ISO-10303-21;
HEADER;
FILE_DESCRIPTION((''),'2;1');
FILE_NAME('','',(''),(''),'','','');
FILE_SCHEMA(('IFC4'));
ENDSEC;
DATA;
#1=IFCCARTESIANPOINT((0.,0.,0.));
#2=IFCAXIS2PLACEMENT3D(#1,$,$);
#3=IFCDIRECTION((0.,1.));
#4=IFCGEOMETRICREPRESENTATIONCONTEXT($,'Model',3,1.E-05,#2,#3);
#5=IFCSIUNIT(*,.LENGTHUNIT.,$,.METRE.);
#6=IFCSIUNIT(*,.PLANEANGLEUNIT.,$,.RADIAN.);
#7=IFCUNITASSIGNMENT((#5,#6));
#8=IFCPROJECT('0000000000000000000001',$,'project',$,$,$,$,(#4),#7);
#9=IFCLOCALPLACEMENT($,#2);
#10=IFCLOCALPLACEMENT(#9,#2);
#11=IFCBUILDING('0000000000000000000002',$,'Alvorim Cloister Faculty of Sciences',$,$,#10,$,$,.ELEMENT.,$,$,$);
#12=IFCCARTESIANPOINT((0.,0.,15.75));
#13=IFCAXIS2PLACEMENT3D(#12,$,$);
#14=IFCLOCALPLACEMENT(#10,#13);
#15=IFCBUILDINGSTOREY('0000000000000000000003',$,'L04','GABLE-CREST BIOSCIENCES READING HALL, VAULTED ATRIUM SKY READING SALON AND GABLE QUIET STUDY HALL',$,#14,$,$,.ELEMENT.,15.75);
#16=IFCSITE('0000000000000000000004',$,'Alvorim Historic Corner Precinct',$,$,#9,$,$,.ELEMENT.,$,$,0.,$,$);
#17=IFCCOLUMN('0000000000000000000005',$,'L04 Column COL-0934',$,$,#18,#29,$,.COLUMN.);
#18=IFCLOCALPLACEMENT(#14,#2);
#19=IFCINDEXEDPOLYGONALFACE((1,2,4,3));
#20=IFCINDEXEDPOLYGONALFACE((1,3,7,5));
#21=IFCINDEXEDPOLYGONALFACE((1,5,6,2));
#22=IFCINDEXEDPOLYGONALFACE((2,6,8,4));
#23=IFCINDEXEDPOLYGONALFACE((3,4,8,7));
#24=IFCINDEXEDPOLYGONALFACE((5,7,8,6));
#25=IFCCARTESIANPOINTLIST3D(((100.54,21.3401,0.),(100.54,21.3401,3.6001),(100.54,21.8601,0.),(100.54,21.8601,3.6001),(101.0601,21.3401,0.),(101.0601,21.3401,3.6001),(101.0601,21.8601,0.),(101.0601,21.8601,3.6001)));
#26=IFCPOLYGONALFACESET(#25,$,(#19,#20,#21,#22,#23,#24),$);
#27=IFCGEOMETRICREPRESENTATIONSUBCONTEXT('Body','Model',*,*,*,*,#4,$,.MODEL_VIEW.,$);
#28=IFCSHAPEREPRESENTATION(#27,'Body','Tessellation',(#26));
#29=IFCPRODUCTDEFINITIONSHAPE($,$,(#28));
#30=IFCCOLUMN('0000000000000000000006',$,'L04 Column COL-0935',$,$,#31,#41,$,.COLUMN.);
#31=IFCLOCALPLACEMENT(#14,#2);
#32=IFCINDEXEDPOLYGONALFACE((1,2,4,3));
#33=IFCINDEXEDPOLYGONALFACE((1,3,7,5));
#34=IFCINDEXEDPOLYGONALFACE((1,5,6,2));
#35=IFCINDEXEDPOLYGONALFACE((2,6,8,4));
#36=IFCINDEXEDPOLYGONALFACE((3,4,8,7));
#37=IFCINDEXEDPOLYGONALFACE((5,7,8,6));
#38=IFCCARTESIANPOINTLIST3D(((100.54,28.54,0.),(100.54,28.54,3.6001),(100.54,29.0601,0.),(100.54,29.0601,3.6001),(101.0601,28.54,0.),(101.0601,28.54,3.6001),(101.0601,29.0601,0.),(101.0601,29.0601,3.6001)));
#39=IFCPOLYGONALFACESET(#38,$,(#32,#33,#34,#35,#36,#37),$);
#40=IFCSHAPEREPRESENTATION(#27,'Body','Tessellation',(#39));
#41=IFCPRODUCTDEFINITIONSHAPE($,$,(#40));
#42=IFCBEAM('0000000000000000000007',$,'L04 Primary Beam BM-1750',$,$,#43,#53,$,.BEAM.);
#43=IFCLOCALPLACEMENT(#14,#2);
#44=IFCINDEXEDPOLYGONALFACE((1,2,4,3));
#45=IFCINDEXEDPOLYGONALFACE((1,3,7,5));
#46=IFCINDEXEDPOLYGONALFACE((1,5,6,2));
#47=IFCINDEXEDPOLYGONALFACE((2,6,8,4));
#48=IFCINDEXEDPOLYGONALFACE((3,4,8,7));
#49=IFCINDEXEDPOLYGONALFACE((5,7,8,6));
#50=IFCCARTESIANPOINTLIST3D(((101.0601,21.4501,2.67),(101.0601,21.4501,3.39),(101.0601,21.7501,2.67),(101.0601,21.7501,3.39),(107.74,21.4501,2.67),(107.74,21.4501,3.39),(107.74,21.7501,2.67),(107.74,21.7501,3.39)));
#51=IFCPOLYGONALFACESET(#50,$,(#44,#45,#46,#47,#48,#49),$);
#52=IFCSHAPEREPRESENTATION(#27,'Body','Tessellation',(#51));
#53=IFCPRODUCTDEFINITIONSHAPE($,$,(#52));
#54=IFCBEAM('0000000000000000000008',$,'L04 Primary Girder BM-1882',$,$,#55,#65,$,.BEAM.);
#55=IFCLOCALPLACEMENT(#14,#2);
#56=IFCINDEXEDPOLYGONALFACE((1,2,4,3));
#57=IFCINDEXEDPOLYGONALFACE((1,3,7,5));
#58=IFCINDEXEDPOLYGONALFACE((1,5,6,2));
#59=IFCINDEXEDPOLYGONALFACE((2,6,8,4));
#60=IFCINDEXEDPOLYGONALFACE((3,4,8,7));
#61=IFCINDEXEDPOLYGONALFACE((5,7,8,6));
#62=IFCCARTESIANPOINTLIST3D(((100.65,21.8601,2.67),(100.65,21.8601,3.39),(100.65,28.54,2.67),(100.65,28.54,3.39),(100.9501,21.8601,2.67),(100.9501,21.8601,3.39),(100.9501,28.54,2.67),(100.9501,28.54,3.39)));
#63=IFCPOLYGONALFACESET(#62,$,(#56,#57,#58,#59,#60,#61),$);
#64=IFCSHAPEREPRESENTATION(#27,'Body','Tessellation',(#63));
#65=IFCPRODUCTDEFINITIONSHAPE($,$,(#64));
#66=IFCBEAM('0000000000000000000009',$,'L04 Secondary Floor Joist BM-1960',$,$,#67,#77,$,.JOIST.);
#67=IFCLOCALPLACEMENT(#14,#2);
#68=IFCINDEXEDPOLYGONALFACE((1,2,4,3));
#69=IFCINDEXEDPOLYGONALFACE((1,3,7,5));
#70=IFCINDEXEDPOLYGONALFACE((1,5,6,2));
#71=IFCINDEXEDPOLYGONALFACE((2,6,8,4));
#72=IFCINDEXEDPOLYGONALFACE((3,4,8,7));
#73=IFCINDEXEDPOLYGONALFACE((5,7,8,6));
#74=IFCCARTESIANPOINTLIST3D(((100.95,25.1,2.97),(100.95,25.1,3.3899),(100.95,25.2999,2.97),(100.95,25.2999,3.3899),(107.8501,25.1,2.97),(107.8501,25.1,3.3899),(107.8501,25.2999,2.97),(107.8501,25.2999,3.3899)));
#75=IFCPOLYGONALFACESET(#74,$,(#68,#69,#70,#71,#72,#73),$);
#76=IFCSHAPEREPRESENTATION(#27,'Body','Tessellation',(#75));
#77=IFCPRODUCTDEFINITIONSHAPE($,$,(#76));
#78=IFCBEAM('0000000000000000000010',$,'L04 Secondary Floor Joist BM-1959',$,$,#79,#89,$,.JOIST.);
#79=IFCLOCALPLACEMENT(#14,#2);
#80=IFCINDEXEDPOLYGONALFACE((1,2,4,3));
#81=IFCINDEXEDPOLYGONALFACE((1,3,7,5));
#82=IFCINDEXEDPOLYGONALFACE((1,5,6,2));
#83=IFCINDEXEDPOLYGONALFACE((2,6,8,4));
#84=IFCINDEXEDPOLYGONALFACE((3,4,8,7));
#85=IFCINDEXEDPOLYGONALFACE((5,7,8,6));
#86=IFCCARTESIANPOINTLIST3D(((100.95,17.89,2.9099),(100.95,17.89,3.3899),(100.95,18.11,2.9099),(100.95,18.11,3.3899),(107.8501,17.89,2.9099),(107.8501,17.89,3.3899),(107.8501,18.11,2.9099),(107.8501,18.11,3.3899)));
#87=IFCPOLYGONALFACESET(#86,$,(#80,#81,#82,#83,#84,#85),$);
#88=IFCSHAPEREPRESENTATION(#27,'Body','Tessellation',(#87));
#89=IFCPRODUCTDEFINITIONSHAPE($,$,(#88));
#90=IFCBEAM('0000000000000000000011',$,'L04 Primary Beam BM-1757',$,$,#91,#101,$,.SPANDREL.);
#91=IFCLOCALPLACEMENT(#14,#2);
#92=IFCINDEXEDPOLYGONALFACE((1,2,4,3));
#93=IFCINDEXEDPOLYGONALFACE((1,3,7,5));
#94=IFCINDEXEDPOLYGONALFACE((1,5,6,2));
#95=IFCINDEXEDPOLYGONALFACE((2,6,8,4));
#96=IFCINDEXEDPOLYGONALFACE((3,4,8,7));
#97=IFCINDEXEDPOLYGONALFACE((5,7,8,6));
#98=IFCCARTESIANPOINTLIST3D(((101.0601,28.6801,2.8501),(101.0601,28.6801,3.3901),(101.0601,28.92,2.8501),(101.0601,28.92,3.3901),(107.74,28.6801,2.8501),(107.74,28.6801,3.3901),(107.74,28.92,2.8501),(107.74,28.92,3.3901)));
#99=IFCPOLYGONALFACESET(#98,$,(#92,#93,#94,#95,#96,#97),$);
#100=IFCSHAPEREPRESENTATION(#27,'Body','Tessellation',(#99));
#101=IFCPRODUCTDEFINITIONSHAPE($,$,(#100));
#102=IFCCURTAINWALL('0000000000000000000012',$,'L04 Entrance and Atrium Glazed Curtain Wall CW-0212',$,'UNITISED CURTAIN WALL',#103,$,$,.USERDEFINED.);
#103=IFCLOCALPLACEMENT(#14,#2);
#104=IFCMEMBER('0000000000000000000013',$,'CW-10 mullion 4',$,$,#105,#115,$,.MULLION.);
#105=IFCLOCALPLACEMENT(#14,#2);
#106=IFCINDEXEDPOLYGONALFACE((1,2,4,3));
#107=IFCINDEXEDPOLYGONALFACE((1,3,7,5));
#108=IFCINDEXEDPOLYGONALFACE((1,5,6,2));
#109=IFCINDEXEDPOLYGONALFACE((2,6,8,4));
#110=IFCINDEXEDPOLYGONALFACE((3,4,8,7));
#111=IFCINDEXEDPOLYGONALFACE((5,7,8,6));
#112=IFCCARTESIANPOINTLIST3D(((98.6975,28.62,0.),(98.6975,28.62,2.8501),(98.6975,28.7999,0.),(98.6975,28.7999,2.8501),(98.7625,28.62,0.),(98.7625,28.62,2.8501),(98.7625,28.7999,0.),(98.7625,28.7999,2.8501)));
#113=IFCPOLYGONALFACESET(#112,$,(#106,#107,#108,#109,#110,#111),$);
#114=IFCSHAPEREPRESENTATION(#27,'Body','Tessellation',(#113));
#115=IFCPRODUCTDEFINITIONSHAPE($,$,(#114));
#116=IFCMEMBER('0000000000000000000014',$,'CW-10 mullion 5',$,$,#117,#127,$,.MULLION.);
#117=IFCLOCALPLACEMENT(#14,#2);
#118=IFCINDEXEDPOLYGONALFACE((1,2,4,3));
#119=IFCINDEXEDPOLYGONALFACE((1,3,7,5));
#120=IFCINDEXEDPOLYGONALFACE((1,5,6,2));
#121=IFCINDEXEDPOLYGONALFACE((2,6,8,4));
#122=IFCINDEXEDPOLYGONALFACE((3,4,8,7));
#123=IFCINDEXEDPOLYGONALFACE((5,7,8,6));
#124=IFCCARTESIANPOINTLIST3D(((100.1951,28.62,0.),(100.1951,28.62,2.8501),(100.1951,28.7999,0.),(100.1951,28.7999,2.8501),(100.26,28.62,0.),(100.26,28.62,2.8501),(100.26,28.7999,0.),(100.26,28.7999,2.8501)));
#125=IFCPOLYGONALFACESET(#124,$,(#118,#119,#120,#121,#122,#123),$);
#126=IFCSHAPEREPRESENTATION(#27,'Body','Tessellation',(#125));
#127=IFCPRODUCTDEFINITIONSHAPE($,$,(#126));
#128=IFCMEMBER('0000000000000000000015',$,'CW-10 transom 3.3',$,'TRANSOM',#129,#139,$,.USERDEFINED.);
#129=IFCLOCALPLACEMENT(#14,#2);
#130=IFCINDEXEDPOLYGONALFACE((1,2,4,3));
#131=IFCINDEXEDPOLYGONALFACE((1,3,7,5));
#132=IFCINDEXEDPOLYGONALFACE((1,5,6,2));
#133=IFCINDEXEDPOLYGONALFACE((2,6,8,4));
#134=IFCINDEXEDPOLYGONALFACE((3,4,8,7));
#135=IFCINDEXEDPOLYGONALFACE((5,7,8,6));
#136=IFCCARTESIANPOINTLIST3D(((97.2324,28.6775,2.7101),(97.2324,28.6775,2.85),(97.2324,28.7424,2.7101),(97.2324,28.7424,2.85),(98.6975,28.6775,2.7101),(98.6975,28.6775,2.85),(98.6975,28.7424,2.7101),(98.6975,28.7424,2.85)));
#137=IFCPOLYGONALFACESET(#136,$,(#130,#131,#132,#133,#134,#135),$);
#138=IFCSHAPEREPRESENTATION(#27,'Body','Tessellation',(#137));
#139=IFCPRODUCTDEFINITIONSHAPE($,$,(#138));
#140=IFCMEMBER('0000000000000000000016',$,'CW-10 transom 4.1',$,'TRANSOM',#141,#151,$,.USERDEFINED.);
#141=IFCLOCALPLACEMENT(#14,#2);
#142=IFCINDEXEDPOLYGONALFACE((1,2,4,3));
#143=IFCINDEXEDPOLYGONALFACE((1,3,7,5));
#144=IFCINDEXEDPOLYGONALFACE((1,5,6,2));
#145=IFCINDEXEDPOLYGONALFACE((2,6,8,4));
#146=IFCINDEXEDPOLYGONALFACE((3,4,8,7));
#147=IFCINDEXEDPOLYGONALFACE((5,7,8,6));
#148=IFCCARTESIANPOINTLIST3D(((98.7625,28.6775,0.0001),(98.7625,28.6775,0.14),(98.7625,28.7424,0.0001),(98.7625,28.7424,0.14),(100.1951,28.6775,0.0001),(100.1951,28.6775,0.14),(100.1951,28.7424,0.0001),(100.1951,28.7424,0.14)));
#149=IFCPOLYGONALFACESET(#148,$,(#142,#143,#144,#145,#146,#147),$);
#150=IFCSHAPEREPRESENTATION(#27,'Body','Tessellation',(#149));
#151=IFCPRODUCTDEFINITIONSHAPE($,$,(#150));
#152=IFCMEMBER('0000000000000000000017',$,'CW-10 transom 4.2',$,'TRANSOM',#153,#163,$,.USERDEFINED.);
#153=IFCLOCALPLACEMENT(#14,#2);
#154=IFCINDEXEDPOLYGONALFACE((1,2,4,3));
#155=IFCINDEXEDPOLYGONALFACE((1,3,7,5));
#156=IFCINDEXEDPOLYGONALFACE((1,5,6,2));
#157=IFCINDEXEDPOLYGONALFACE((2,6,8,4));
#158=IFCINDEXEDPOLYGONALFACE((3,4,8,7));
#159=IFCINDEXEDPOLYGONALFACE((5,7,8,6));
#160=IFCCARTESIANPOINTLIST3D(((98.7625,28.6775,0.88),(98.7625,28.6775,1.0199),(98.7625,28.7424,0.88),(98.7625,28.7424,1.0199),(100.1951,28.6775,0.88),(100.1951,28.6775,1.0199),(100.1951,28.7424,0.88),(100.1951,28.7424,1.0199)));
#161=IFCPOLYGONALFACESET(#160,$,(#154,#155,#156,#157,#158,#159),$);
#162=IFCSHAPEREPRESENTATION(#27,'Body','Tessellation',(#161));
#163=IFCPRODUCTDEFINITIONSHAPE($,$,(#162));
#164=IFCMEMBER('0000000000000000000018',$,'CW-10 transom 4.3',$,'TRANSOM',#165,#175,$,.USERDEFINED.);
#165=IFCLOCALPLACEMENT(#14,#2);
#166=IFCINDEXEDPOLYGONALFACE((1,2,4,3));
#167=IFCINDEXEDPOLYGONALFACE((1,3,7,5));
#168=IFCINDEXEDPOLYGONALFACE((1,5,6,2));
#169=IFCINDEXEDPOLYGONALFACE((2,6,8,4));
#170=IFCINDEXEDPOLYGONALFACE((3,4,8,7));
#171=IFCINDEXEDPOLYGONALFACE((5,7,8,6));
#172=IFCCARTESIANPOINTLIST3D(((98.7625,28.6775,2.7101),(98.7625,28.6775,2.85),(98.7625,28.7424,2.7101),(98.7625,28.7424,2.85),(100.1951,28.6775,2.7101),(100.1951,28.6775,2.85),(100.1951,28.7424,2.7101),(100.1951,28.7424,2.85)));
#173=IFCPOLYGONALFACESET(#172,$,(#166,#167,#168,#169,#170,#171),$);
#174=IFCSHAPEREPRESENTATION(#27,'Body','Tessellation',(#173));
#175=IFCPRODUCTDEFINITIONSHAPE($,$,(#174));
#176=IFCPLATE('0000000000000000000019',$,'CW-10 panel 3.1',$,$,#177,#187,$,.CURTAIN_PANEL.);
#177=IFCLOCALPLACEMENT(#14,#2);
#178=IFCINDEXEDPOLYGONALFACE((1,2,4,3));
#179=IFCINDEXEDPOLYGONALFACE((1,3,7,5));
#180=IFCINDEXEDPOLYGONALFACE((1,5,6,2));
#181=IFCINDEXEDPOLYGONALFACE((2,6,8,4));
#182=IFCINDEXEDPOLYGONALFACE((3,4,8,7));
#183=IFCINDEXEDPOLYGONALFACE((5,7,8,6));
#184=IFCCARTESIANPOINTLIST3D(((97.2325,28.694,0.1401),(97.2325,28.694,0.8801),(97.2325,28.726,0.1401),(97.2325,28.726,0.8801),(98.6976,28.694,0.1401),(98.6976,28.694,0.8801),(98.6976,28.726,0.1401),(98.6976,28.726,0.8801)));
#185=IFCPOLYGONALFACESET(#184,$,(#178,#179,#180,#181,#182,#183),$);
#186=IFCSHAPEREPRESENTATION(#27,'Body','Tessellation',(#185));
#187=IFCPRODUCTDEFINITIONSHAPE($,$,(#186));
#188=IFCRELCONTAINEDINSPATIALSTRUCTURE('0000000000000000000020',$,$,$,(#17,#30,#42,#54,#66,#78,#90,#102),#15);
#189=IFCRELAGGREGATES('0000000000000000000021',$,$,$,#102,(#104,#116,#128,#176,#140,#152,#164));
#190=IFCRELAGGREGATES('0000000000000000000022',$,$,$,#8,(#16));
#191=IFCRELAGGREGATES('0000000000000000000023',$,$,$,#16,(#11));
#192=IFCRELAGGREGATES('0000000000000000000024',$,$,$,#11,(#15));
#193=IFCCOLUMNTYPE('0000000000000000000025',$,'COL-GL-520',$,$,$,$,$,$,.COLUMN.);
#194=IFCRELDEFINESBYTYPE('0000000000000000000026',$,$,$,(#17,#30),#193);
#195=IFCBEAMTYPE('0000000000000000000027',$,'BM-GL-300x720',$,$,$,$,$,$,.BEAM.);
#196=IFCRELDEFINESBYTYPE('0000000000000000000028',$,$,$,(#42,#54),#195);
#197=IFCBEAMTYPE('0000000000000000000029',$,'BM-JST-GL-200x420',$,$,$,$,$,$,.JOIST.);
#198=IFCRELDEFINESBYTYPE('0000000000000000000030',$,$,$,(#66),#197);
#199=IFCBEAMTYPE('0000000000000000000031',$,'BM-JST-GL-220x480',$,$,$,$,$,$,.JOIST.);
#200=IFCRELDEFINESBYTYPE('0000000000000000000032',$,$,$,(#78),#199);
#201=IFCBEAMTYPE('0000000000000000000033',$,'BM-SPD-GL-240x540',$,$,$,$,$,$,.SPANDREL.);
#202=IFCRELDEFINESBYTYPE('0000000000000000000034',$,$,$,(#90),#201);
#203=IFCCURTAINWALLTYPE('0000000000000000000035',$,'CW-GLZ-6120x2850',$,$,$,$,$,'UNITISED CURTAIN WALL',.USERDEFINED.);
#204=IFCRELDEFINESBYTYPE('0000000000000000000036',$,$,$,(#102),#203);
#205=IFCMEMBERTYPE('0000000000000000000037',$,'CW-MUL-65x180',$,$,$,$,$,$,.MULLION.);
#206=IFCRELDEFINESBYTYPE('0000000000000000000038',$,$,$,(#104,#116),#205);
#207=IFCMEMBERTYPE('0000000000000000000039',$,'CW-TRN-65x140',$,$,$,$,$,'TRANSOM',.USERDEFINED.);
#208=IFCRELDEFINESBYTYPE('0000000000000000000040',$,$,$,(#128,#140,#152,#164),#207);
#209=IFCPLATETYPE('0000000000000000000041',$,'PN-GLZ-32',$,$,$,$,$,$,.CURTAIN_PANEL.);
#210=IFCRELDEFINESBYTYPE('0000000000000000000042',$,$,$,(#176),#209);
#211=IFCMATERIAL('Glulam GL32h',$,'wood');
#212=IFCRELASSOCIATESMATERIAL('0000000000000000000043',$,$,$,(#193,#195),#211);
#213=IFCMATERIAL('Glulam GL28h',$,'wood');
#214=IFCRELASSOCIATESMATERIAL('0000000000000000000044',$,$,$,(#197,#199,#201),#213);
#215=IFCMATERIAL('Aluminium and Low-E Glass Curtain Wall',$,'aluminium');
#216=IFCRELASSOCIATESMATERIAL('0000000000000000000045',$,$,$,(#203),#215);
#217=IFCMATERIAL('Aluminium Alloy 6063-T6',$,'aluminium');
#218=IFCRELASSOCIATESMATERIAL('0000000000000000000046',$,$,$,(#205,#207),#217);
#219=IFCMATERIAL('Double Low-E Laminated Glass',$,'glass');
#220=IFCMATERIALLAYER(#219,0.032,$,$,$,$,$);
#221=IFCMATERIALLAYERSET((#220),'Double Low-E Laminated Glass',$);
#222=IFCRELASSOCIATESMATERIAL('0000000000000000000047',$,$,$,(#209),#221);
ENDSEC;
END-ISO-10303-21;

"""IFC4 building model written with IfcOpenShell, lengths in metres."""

from ifc_helpers import new_model, si_unit, direction, frame, origin, origin_2d, place, context, subcontext, project, spatial, rectangle, extrude, material, layer, layer_set, material_profile, profile_set, type_object, element, aggregate, save


model = new_model("IFC4")

# Units and contexts
model_context = context("Model", 3, precision=1e-05, world=origin(), true_north=direction((0.0, 1.0)))
body_context = subcontext(model_context, "Body", "Model", "MODEL_VIEW")
ifc_project = project(units=[si_unit("LENGTHUNIT", "METRE"), si_unit("PLANEANGLEUNIT", "RADIAN")], contexts=[model_context])

# Site, building, storey
site_placement = place(None, origin())
site = spatial("IfcSite", under=ifc_project, at=site_placement, Name="Alvorim Historic Corner Precinct", CompositionType="ELEMENT", RefElevation=0.0)
building_placement = place(site_placement, origin())
building = spatial("IfcBuilding", under=site, at=building_placement, Name="Alvorim Cloister Faculty of Sciences", CompositionType="ELEMENT")
storey_placement = place(building_placement, frame((0.0, 0.0, 15.75)))
storey = spatial("IfcBuildingStorey", under=building, at=storey_placement, Name="L04", Description="GABLE-CREST BIOSCIENCES READING HALL, VAULTED ATRIUM SKY READING SALON AND GABLE QUIET STUDY HALL", CompositionType="ELEMENT", Elevation=15.75)

# Columns
ifc_material_1 = material(Name="Glulam GL32h", Category="wood")
ifc_material_profile_1 = material_profile(ifc_material_1, rectangle(XDim=0.52, YDim=0.52, at=origin_2d()), Name="GL32-COL-520x520")
ifc_profile_set_1 = profile_set([ifc_material_profile_1], Name="Glulam GL32h")
column_type = type_object("IfcColumnType", Name="COL-GL-520", PredefinedType="COLUMN", material=ifc_profile_set_1)
for number, where, z_axis, x_axis, name in (
    (1, (100.8, 21.6001, 0.0), (0.0, 0.0, 1.0), (1.0, 0.0, 0.0), "L04 Column COL-0934"),
    (2, (100.8, 28.8, 0.0), (0.0, 0.0, 1.0), (1.0, 0.0, 0.0), "L04 Column COL-0935"),
):
    element("IfcColumn", number, at=place(storey_placement, frame(where, z_axis=z_axis, x_axis=x_axis)), inside=storey, type_object=column_type, Name=name, PredefinedType="COLUMN", context=body_context, shape_type="SweptSolid", body=[
        extrude(rectangle(XDim=0.52, YDim=0.52, at=origin_2d()), origin(), (0.0, 0.0, 1.0), 3.6001),
    ])

# Beams
ifc_material_profile_2 = material_profile(ifc_material_1, rectangle(XDim=0.3, YDim=0.72, at=origin_2d()), Name="GL32-BM-300x720")
ifc_profile_set_2 = profile_set([ifc_material_profile_2], Name="Glulam GL32h")
beam_type_1 = type_object("IfcBeamType", Name="BM-GL-300x720", PredefinedType="BEAM", material=ifc_profile_set_2)
for number, where, z_axis, x_axis, name in (
    (3, (101.0601, 21.6001, 3.03), (1.0, 0.0, 0.0), (0.0, 1.0, 0.0), "L04 Primary Beam BM-1750"),
    (4, (100.8, 21.8601, 3.03), (0.0, 1.0, 0.0), (-1.0, 0.0, 0.0), "L04 Primary Girder BM-1882"),
):
    element("IfcBeam", number, at=place(storey_placement, frame(where, z_axis=z_axis, x_axis=x_axis)), inside=storey, type_object=beam_type_1, Name=name, PredefinedType="BEAM", context=body_context, shape_type="SweptSolid", body=[
        extrude(rectangle(XDim=0.3, YDim=0.72, at=origin_2d()), origin(), (0.0, 0.0, 1.0), 6.6799),
    ])
ifc_material_2 = material(Name="Glulam GL28h", Category="wood")
ifc_material_profile_3 = material_profile(ifc_material_2, rectangle(XDim=0.2, YDim=0.4199, at=origin_2d()), Name="GL28-JST-200x420")
ifc_profile_set_3 = profile_set([ifc_material_profile_3], Name="Glulam GL28h")
beam_type_2 = type_object("IfcBeamType", Name="BM-JST-GL-200x420", PredefinedType="JOIST", material=ifc_profile_set_3)
beam_1_placement = place(storey_placement, frame((100.95, 25.2, 3.1799), z_axis=(1.0, 0.0, 0.0), x_axis=(0.0, 1.0, 0.0)))
element("IfcBeam", 5, at=beam_1_placement, inside=storey, type_object=beam_type_2, Name="L04 Secondary Floor Joist BM-1960", PredefinedType="JOIST", context=body_context, shape_type="SweptSolid", body=[
    extrude(rectangle(XDim=0.2, YDim=0.4199, at=origin_2d()), origin(), (0.0, 0.0, 1.0), 6.9001),
])
ifc_material_profile_4 = material_profile(ifc_material_2, rectangle(XDim=0.22, YDim=0.48, at=origin_2d()), Name="GL28-JST-220x480")
ifc_profile_set_4 = profile_set([ifc_material_profile_4], Name="Glulam GL28h")
beam_type_3 = type_object("IfcBeamType", Name="BM-JST-GL-220x480", PredefinedType="JOIST", material=ifc_profile_set_4)
beam_2_placement = place(storey_placement, frame((100.95, 18.0, 3.1499), z_axis=(1.0, 0.0, 0.0), x_axis=(0.0, 1.0, 0.0)))
element("IfcBeam", 6, at=beam_2_placement, inside=storey, type_object=beam_type_3, Name="L04 Secondary Floor Joist BM-1959", PredefinedType="JOIST", context=body_context, shape_type="SweptSolid", body=[
    extrude(rectangle(XDim=0.22, YDim=0.48, at=origin_2d()), origin(), (0.0, 0.0, 1.0), 6.9001),
])
ifc_material_profile_5 = material_profile(ifc_material_2, rectangle(XDim=0.24, YDim=0.54, at=origin_2d()), Name="GL28-SPD-240x540")
ifc_profile_set_5 = profile_set([ifc_material_profile_5], Name="Glulam GL28h")
beam_type_4 = type_object("IfcBeamType", Name="BM-SPD-GL-240x540", PredefinedType="SPANDREL", material=ifc_profile_set_5)
beam_3_placement = place(storey_placement, frame((101.0601, 28.8, 3.1201), z_axis=(1.0, 0.0, 0.0), x_axis=(0.0, 1.0, 0.0)))
element("IfcBeam", 7, at=beam_3_placement, inside=storey, type_object=beam_type_4, Name="L04 Primary Beam BM-1757", PredefinedType="SPANDREL", context=body_context, shape_type="SweptSolid", body=[
    extrude(rectangle(XDim=0.24, YDim=0.54, at=origin_2d()), origin(), (0.0, 0.0, 1.0), 6.6799),
])

# Curtain wall, members, plate
ifc_material_3 = material(Name="Aluminium and Low-E Glass Curtain Wall", Category="aluminium")
curtain_wall_type = type_object("IfcCurtainWallType", Name="CW-GLZ-6120x2850", ElementType="UNITISED CURTAIN WALL", PredefinedType="USERDEFINED", material=ifc_material_3)
curtain_wall_placement = place(storey_placement, origin())
curtain_wall = element("IfcCurtainWall", 8, at=curtain_wall_placement, inside=storey, type_object=curtain_wall_type, Name="L04 Entrance and Atrium Glazed Curtain Wall CW-0212", ObjectType="UNITISED CURTAIN WALL", PredefinedType="USERDEFINED")
ifc_material_4 = material(Name="Aluminium Alloy 6063-T6", Category="aluminium")
ifc_material_profile_6 = material_profile(ifc_material_4, rectangle(XDim=0.0649, YDim=0.1799, at=origin_2d()), Name="ALU-MUL-65x180")
ifc_profile_set_6 = profile_set([ifc_material_profile_6], Name="Aluminium Alloy 6063-T6")
member_type_1 = type_object("IfcMemberType", Name="CW-MUL-65x180", PredefinedType="MULLION", material=ifc_profile_set_6)
member_1_placement = place(storey_placement, frame((98.73, 28.71, 0.0), z_axis=(0.0, 0.0, 1.0), x_axis=(1.0, 0.0, 0.0)))
member_1 = element("IfcMember", 9, at=member_1_placement, type_object=member_type_1, Name="CW-10 mullion 4", PredefinedType="MULLION", context=body_context, shape_type="SweptSolid", body=[
    extrude(rectangle(XDim=0.0649, YDim=0.1799, at=origin_2d()), origin(), (0.0, 0.0, 1.0), 2.8501),
])
member_2_placement = place(storey_placement, frame((100.2275, 28.71, 0.0), z_axis=(0.0, 0.0, 1.0), x_axis=(1.0, 0.0, 0.0)))
member_2 = element("IfcMember", 10, at=member_2_placement, type_object=member_type_1, Name="CW-10 mullion 5", PredefinedType="MULLION", context=body_context, shape_type="SweptSolid", body=[
    extrude(rectangle(XDim=0.0649, YDim=0.1799, at=origin_2d()), origin(), (0.0, 0.0, 1.0), 2.8501),
])
ifc_material_profile_7 = material_profile(ifc_material_4, rectangle(XDim=0.0649, YDim=0.1399, at=origin_2d()), Name="ALU-TRN-65x140")
ifc_profile_set_7 = profile_set([ifc_material_profile_7], Name="Aluminium Alloy 6063-T6")
member_type_2 = type_object("IfcMemberType", Name="CW-TRN-65x140", ElementType="TRANSOM", PredefinedType="USERDEFINED", material=ifc_profile_set_7)
member_3_placement = place(storey_placement, frame((97.2324, 28.71, 2.78), z_axis=(1.0, 0.0, 0.0), x_axis=(0.0, 1.0, 0.0)))
member_3 = element("IfcMember", 11, at=member_3_placement, type_object=member_type_2, Name="CW-10 transom 3.3", ObjectType="TRANSOM", PredefinedType="USERDEFINED", context=body_context, shape_type="SweptSolid", body=[
    extrude(rectangle(XDim=0.0649, YDim=0.1399, at=origin_2d()), origin(), (0.0, 0.0, 1.0), 1.4651),
])
member_4_placement = place(storey_placement, frame((98.7625, 28.71, 0.0701), z_axis=(1.0, 0.0, 0.0), x_axis=(0.0, 1.0, 0.0)))
member_4 = element("IfcMember", 12, at=member_4_placement, type_object=member_type_2, Name="CW-10 transom 4.1", ObjectType="TRANSOM", PredefinedType="USERDEFINED", context=body_context, shape_type="SweptSolid", body=[
    extrude(rectangle(XDim=0.0649, YDim=0.1399, at=origin_2d()), origin(), (0.0, 0.0, 1.0), 1.4326),
])
member_5_placement = place(storey_placement, frame((98.7625, 28.71, 0.95), z_axis=(1.0, 0.0, 0.0), x_axis=(0.0, 1.0, 0.0)))
member_5 = element("IfcMember", 13, at=member_5_placement, type_object=member_type_2, Name="CW-10 transom 4.2", ObjectType="TRANSOM", PredefinedType="USERDEFINED", context=body_context, shape_type="SweptSolid", body=[
    extrude(rectangle(XDim=0.0649, YDim=0.1399, at=origin_2d()), origin(), (0.0, 0.0, 1.0), 1.4326),
])
member_6_placement = place(storey_placement, frame((98.7625, 28.71, 2.78), z_axis=(1.0, 0.0, 0.0), x_axis=(0.0, 1.0, 0.0)))
member_6 = element("IfcMember", 14, at=member_6_placement, type_object=member_type_2, Name="CW-10 transom 4.3", ObjectType="TRANSOM", PredefinedType="USERDEFINED", context=body_context, shape_type="SweptSolid", body=[
    extrude(rectangle(XDim=0.0649, YDim=0.1399, at=origin_2d()), origin(), (0.0, 0.0, 1.0), 1.4326),
])
ifc_material_5 = material(Name="Double Low-E Laminated Glass", Category="glass")
ifc_layer_1 = layer(ifc_material_5, 0.032)
ifc_layer_set_1 = layer_set([ifc_layer_1], Name="Double Low-E Laminated Glass")
plate_type = type_object("IfcPlateType", Name="PN-GLZ-32", PredefinedType="CURTAIN_PANEL", material=ifc_layer_set_1)
plate_1_placement = place(storey_placement, frame((97.9651, 28.71, 0.1401), z_axis=(0.0, 0.0, 1.0), x_axis=(1.0, 0.0, 0.0)))
plate_1 = element("IfcPlate", 15, at=plate_1_placement, type_object=plate_type, Name="CW-10 panel 3.1", PredefinedType="CURTAIN_PANEL", context=body_context, shape_type="SweptSolid", body=[
    extrude(rectangle(XDim=1.4651, YDim=0.032, at=origin_2d()), origin(), (0.0, 0.0, 1.0), 0.74),
])
aggregate(curtain_wall, [member_1, member_2, member_3, plate_1, member_4, member_5, member_6])

save(model, "model.ifc")
